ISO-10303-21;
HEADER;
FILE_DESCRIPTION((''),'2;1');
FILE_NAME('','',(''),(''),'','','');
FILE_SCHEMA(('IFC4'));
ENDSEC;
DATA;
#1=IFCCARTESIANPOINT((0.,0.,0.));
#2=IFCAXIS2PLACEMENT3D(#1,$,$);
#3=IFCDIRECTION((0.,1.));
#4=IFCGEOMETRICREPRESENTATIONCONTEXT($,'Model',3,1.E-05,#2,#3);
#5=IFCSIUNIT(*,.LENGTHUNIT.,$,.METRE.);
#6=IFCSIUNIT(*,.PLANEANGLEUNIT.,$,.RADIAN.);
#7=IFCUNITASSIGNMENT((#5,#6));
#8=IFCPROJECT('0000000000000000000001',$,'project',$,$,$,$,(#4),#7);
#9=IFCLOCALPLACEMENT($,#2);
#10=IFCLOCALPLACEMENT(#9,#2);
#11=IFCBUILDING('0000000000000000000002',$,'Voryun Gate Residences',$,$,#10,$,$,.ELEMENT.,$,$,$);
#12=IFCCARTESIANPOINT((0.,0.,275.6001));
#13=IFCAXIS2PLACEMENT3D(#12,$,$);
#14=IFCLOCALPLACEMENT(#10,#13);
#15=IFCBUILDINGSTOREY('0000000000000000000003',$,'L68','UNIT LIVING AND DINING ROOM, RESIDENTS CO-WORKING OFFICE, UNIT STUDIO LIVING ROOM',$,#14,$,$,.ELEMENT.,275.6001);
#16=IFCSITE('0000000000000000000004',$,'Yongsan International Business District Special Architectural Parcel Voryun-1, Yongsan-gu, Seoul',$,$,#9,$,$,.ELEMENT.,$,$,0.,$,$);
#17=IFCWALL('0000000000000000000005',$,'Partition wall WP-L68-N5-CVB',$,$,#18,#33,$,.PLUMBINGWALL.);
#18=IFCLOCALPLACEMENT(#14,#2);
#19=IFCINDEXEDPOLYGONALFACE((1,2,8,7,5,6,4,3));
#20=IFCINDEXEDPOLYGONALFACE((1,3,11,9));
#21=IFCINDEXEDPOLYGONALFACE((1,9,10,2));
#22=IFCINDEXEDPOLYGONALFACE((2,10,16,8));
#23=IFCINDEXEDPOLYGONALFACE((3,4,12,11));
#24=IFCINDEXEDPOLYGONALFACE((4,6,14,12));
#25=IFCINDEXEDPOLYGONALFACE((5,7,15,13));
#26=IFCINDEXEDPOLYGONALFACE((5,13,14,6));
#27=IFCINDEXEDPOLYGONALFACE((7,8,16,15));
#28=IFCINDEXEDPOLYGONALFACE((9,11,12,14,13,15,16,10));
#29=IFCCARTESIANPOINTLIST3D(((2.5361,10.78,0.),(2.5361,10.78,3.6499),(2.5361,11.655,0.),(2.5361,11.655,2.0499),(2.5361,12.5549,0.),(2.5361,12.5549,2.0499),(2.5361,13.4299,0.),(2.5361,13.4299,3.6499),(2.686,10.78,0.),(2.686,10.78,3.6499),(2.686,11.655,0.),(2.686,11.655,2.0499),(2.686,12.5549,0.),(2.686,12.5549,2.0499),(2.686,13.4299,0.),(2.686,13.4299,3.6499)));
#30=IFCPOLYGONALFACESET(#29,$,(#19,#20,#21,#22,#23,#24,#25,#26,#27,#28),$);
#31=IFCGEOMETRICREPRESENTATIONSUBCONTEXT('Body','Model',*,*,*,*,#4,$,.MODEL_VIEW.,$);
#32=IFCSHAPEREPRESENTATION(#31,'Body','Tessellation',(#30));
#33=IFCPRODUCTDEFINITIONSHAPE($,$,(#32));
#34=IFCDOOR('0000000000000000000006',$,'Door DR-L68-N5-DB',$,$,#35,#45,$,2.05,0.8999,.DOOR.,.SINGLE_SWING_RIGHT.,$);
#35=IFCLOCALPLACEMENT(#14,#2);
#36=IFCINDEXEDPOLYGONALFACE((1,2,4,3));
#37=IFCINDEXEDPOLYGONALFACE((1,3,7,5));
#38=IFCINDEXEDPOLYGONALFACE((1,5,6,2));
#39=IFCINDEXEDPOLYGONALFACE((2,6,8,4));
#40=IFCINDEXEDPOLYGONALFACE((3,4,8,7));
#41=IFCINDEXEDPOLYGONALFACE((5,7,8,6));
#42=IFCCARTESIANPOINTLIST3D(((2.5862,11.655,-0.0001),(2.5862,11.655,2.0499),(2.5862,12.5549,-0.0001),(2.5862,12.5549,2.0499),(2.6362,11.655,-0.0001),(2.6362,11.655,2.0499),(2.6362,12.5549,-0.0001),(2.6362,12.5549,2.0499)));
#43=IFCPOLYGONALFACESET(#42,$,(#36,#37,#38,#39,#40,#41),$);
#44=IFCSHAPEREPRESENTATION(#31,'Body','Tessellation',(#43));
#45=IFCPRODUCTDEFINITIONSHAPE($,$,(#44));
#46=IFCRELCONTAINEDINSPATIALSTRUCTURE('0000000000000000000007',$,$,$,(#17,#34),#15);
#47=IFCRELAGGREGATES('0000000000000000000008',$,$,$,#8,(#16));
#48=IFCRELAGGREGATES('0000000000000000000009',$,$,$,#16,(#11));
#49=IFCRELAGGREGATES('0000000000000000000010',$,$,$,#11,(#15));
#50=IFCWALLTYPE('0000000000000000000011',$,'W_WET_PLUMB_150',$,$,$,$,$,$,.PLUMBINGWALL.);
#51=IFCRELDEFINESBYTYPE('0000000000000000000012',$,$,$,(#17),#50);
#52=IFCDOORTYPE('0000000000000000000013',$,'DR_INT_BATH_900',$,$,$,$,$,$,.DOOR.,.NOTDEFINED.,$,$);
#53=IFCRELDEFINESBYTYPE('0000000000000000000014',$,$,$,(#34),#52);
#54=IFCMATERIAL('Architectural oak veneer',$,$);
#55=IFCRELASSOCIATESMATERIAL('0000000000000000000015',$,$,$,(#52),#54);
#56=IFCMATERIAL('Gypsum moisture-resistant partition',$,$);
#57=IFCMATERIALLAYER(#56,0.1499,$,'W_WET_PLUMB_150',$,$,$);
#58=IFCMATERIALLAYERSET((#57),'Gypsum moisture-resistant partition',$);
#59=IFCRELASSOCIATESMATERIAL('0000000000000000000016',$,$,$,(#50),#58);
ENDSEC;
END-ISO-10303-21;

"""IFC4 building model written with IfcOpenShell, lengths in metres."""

from ifc_helpers import new_model, si_unit, direction, frame, frame_2d, origin, place, context, subcontext, project, spatial, rectangle, extrude, material, layer, layer_set, type_object, element, fill, save


model = new_model("IFC4")

# Units and contexts
model_context = context("Model", 3, precision=1e-05, world=origin(), true_north=direction((0.0, 1.0)))
body_context = subcontext(model_context, "Body", "Model", "MODEL_VIEW")
ifc_project = project(units=[si_unit("LENGTHUNIT", "METRE"), si_unit("PLANEANGLEUNIT", "RADIAN")], contexts=[model_context])

# Site, building, storey
site_placement = place(None, origin())
site = spatial("IfcSite", under=ifc_project, at=site_placement, Name="Yongsan International Business District Special Architectural Parcel Voryun-1, Yongsan-gu, Seoul", CompositionType="ELEMENT", RefElevation=0.0)
building_placement = place(site_placement, origin())
building = spatial("IfcBuilding", under=site, at=building_placement, Name="Voryun Gate Residences", CompositionType="ELEMENT")
storey_placement = place(building_placement, frame((0.0, 0.0, 275.6001)))
storey = spatial("IfcBuildingStorey", under=building, at=storey_placement, Name="L68", Description="UNIT LIVING AND DINING ROOM, RESIDENTS CO-WORKING OFFICE, UNIT STUDIO LIVING ROOM", CompositionType="ELEMENT", Elevation=275.6001)

# Shared definitions
ifc_material_1 = material(Name="Architectural oak veneer")
door_type = type_object("IfcDoorType", Name="DR_INT_BATH_900", OperationType="NOTDEFINED", PredefinedType="DOOR", material=ifc_material_1)

# Wall, opening, door
ifc_material_2 = material(Name="Gypsum moisture-resistant partition")
ifc_layer_1 = layer(ifc_material_2, 0.1499, Name="W_WET_PLUMB_150")
ifc_layer_set_1 = layer_set([ifc_layer_1], Name="Gypsum moisture-resistant partition")
wall_type_1 = type_object("IfcWallType", Name="W_WET_PLUMB_150", PredefinedType="PLUMBINGWALL", material=ifc_layer_set_1)
wall_1_placement = place(storey_placement, frame((2.6111, 10.78, 0.0), z_axis=(0.0, 0.0, 1.0), x_axis=(0.0, 1.0, 0.0)))
wall_1 = element("IfcWall", 1, at=wall_1_placement, inside=storey, type_object=wall_type_1, Name="Partition wall WP-L68-N5-CVB", PredefinedType="PLUMBINGWALL", context=body_context, shape_type="SweptSolid", body=[
    extrude(rectangle(XDim=2.6499, YDim=0.1499, at=frame_2d((1.325, 0.0))), origin(), (0.0, 0.0, 1.0), 3.6499),
])
opening_1_placement = place(wall_1_placement, frame((0.875, 0.0, 0.0)))
opening_1 = element("IfcOpeningElement", 2, at=opening_1_placement, cuts=wall_1, PredefinedType="OPENING", context=body_context, shape_type="SweptSolid", body=[
    extrude(rectangle(XDim=0.8999, YDim=2.05, at=frame_2d((0.45, 1.0249))), frame((0.0, 0.085, 0.0), z_axis=(0.0, -1.0, 0.0), x_axis=(1.0, 0.0, 0.0)), (0.0, 0.0, 1.0), 0.1699),
])
door_1_placement = place(opening_1_placement, origin())
door_1 = element("IfcDoor", 3, at=door_1_placement, inside=storey, type_object=door_type, Name="Door DR-L68-N5-DB", OperationType="SINGLE_SWING_RIGHT", OverallHeight=2.05, OverallWidth=0.8999, PredefinedType="DOOR", context=body_context, shape_type="SweptSolid", body=[
    extrude(rectangle(XDim=0.8999, YDim=2.05, at=frame_2d((0.45, 1.0249))), frame((0.0, 0.0249, 0.0), z_axis=(0.0, -1.0, 0.0), x_axis=(1.0, 0.0, 0.0)), (0.0, 0.0, 1.0), 0.05),
])
fill(opening_1, door_1)

save(model, "model.ifc")
